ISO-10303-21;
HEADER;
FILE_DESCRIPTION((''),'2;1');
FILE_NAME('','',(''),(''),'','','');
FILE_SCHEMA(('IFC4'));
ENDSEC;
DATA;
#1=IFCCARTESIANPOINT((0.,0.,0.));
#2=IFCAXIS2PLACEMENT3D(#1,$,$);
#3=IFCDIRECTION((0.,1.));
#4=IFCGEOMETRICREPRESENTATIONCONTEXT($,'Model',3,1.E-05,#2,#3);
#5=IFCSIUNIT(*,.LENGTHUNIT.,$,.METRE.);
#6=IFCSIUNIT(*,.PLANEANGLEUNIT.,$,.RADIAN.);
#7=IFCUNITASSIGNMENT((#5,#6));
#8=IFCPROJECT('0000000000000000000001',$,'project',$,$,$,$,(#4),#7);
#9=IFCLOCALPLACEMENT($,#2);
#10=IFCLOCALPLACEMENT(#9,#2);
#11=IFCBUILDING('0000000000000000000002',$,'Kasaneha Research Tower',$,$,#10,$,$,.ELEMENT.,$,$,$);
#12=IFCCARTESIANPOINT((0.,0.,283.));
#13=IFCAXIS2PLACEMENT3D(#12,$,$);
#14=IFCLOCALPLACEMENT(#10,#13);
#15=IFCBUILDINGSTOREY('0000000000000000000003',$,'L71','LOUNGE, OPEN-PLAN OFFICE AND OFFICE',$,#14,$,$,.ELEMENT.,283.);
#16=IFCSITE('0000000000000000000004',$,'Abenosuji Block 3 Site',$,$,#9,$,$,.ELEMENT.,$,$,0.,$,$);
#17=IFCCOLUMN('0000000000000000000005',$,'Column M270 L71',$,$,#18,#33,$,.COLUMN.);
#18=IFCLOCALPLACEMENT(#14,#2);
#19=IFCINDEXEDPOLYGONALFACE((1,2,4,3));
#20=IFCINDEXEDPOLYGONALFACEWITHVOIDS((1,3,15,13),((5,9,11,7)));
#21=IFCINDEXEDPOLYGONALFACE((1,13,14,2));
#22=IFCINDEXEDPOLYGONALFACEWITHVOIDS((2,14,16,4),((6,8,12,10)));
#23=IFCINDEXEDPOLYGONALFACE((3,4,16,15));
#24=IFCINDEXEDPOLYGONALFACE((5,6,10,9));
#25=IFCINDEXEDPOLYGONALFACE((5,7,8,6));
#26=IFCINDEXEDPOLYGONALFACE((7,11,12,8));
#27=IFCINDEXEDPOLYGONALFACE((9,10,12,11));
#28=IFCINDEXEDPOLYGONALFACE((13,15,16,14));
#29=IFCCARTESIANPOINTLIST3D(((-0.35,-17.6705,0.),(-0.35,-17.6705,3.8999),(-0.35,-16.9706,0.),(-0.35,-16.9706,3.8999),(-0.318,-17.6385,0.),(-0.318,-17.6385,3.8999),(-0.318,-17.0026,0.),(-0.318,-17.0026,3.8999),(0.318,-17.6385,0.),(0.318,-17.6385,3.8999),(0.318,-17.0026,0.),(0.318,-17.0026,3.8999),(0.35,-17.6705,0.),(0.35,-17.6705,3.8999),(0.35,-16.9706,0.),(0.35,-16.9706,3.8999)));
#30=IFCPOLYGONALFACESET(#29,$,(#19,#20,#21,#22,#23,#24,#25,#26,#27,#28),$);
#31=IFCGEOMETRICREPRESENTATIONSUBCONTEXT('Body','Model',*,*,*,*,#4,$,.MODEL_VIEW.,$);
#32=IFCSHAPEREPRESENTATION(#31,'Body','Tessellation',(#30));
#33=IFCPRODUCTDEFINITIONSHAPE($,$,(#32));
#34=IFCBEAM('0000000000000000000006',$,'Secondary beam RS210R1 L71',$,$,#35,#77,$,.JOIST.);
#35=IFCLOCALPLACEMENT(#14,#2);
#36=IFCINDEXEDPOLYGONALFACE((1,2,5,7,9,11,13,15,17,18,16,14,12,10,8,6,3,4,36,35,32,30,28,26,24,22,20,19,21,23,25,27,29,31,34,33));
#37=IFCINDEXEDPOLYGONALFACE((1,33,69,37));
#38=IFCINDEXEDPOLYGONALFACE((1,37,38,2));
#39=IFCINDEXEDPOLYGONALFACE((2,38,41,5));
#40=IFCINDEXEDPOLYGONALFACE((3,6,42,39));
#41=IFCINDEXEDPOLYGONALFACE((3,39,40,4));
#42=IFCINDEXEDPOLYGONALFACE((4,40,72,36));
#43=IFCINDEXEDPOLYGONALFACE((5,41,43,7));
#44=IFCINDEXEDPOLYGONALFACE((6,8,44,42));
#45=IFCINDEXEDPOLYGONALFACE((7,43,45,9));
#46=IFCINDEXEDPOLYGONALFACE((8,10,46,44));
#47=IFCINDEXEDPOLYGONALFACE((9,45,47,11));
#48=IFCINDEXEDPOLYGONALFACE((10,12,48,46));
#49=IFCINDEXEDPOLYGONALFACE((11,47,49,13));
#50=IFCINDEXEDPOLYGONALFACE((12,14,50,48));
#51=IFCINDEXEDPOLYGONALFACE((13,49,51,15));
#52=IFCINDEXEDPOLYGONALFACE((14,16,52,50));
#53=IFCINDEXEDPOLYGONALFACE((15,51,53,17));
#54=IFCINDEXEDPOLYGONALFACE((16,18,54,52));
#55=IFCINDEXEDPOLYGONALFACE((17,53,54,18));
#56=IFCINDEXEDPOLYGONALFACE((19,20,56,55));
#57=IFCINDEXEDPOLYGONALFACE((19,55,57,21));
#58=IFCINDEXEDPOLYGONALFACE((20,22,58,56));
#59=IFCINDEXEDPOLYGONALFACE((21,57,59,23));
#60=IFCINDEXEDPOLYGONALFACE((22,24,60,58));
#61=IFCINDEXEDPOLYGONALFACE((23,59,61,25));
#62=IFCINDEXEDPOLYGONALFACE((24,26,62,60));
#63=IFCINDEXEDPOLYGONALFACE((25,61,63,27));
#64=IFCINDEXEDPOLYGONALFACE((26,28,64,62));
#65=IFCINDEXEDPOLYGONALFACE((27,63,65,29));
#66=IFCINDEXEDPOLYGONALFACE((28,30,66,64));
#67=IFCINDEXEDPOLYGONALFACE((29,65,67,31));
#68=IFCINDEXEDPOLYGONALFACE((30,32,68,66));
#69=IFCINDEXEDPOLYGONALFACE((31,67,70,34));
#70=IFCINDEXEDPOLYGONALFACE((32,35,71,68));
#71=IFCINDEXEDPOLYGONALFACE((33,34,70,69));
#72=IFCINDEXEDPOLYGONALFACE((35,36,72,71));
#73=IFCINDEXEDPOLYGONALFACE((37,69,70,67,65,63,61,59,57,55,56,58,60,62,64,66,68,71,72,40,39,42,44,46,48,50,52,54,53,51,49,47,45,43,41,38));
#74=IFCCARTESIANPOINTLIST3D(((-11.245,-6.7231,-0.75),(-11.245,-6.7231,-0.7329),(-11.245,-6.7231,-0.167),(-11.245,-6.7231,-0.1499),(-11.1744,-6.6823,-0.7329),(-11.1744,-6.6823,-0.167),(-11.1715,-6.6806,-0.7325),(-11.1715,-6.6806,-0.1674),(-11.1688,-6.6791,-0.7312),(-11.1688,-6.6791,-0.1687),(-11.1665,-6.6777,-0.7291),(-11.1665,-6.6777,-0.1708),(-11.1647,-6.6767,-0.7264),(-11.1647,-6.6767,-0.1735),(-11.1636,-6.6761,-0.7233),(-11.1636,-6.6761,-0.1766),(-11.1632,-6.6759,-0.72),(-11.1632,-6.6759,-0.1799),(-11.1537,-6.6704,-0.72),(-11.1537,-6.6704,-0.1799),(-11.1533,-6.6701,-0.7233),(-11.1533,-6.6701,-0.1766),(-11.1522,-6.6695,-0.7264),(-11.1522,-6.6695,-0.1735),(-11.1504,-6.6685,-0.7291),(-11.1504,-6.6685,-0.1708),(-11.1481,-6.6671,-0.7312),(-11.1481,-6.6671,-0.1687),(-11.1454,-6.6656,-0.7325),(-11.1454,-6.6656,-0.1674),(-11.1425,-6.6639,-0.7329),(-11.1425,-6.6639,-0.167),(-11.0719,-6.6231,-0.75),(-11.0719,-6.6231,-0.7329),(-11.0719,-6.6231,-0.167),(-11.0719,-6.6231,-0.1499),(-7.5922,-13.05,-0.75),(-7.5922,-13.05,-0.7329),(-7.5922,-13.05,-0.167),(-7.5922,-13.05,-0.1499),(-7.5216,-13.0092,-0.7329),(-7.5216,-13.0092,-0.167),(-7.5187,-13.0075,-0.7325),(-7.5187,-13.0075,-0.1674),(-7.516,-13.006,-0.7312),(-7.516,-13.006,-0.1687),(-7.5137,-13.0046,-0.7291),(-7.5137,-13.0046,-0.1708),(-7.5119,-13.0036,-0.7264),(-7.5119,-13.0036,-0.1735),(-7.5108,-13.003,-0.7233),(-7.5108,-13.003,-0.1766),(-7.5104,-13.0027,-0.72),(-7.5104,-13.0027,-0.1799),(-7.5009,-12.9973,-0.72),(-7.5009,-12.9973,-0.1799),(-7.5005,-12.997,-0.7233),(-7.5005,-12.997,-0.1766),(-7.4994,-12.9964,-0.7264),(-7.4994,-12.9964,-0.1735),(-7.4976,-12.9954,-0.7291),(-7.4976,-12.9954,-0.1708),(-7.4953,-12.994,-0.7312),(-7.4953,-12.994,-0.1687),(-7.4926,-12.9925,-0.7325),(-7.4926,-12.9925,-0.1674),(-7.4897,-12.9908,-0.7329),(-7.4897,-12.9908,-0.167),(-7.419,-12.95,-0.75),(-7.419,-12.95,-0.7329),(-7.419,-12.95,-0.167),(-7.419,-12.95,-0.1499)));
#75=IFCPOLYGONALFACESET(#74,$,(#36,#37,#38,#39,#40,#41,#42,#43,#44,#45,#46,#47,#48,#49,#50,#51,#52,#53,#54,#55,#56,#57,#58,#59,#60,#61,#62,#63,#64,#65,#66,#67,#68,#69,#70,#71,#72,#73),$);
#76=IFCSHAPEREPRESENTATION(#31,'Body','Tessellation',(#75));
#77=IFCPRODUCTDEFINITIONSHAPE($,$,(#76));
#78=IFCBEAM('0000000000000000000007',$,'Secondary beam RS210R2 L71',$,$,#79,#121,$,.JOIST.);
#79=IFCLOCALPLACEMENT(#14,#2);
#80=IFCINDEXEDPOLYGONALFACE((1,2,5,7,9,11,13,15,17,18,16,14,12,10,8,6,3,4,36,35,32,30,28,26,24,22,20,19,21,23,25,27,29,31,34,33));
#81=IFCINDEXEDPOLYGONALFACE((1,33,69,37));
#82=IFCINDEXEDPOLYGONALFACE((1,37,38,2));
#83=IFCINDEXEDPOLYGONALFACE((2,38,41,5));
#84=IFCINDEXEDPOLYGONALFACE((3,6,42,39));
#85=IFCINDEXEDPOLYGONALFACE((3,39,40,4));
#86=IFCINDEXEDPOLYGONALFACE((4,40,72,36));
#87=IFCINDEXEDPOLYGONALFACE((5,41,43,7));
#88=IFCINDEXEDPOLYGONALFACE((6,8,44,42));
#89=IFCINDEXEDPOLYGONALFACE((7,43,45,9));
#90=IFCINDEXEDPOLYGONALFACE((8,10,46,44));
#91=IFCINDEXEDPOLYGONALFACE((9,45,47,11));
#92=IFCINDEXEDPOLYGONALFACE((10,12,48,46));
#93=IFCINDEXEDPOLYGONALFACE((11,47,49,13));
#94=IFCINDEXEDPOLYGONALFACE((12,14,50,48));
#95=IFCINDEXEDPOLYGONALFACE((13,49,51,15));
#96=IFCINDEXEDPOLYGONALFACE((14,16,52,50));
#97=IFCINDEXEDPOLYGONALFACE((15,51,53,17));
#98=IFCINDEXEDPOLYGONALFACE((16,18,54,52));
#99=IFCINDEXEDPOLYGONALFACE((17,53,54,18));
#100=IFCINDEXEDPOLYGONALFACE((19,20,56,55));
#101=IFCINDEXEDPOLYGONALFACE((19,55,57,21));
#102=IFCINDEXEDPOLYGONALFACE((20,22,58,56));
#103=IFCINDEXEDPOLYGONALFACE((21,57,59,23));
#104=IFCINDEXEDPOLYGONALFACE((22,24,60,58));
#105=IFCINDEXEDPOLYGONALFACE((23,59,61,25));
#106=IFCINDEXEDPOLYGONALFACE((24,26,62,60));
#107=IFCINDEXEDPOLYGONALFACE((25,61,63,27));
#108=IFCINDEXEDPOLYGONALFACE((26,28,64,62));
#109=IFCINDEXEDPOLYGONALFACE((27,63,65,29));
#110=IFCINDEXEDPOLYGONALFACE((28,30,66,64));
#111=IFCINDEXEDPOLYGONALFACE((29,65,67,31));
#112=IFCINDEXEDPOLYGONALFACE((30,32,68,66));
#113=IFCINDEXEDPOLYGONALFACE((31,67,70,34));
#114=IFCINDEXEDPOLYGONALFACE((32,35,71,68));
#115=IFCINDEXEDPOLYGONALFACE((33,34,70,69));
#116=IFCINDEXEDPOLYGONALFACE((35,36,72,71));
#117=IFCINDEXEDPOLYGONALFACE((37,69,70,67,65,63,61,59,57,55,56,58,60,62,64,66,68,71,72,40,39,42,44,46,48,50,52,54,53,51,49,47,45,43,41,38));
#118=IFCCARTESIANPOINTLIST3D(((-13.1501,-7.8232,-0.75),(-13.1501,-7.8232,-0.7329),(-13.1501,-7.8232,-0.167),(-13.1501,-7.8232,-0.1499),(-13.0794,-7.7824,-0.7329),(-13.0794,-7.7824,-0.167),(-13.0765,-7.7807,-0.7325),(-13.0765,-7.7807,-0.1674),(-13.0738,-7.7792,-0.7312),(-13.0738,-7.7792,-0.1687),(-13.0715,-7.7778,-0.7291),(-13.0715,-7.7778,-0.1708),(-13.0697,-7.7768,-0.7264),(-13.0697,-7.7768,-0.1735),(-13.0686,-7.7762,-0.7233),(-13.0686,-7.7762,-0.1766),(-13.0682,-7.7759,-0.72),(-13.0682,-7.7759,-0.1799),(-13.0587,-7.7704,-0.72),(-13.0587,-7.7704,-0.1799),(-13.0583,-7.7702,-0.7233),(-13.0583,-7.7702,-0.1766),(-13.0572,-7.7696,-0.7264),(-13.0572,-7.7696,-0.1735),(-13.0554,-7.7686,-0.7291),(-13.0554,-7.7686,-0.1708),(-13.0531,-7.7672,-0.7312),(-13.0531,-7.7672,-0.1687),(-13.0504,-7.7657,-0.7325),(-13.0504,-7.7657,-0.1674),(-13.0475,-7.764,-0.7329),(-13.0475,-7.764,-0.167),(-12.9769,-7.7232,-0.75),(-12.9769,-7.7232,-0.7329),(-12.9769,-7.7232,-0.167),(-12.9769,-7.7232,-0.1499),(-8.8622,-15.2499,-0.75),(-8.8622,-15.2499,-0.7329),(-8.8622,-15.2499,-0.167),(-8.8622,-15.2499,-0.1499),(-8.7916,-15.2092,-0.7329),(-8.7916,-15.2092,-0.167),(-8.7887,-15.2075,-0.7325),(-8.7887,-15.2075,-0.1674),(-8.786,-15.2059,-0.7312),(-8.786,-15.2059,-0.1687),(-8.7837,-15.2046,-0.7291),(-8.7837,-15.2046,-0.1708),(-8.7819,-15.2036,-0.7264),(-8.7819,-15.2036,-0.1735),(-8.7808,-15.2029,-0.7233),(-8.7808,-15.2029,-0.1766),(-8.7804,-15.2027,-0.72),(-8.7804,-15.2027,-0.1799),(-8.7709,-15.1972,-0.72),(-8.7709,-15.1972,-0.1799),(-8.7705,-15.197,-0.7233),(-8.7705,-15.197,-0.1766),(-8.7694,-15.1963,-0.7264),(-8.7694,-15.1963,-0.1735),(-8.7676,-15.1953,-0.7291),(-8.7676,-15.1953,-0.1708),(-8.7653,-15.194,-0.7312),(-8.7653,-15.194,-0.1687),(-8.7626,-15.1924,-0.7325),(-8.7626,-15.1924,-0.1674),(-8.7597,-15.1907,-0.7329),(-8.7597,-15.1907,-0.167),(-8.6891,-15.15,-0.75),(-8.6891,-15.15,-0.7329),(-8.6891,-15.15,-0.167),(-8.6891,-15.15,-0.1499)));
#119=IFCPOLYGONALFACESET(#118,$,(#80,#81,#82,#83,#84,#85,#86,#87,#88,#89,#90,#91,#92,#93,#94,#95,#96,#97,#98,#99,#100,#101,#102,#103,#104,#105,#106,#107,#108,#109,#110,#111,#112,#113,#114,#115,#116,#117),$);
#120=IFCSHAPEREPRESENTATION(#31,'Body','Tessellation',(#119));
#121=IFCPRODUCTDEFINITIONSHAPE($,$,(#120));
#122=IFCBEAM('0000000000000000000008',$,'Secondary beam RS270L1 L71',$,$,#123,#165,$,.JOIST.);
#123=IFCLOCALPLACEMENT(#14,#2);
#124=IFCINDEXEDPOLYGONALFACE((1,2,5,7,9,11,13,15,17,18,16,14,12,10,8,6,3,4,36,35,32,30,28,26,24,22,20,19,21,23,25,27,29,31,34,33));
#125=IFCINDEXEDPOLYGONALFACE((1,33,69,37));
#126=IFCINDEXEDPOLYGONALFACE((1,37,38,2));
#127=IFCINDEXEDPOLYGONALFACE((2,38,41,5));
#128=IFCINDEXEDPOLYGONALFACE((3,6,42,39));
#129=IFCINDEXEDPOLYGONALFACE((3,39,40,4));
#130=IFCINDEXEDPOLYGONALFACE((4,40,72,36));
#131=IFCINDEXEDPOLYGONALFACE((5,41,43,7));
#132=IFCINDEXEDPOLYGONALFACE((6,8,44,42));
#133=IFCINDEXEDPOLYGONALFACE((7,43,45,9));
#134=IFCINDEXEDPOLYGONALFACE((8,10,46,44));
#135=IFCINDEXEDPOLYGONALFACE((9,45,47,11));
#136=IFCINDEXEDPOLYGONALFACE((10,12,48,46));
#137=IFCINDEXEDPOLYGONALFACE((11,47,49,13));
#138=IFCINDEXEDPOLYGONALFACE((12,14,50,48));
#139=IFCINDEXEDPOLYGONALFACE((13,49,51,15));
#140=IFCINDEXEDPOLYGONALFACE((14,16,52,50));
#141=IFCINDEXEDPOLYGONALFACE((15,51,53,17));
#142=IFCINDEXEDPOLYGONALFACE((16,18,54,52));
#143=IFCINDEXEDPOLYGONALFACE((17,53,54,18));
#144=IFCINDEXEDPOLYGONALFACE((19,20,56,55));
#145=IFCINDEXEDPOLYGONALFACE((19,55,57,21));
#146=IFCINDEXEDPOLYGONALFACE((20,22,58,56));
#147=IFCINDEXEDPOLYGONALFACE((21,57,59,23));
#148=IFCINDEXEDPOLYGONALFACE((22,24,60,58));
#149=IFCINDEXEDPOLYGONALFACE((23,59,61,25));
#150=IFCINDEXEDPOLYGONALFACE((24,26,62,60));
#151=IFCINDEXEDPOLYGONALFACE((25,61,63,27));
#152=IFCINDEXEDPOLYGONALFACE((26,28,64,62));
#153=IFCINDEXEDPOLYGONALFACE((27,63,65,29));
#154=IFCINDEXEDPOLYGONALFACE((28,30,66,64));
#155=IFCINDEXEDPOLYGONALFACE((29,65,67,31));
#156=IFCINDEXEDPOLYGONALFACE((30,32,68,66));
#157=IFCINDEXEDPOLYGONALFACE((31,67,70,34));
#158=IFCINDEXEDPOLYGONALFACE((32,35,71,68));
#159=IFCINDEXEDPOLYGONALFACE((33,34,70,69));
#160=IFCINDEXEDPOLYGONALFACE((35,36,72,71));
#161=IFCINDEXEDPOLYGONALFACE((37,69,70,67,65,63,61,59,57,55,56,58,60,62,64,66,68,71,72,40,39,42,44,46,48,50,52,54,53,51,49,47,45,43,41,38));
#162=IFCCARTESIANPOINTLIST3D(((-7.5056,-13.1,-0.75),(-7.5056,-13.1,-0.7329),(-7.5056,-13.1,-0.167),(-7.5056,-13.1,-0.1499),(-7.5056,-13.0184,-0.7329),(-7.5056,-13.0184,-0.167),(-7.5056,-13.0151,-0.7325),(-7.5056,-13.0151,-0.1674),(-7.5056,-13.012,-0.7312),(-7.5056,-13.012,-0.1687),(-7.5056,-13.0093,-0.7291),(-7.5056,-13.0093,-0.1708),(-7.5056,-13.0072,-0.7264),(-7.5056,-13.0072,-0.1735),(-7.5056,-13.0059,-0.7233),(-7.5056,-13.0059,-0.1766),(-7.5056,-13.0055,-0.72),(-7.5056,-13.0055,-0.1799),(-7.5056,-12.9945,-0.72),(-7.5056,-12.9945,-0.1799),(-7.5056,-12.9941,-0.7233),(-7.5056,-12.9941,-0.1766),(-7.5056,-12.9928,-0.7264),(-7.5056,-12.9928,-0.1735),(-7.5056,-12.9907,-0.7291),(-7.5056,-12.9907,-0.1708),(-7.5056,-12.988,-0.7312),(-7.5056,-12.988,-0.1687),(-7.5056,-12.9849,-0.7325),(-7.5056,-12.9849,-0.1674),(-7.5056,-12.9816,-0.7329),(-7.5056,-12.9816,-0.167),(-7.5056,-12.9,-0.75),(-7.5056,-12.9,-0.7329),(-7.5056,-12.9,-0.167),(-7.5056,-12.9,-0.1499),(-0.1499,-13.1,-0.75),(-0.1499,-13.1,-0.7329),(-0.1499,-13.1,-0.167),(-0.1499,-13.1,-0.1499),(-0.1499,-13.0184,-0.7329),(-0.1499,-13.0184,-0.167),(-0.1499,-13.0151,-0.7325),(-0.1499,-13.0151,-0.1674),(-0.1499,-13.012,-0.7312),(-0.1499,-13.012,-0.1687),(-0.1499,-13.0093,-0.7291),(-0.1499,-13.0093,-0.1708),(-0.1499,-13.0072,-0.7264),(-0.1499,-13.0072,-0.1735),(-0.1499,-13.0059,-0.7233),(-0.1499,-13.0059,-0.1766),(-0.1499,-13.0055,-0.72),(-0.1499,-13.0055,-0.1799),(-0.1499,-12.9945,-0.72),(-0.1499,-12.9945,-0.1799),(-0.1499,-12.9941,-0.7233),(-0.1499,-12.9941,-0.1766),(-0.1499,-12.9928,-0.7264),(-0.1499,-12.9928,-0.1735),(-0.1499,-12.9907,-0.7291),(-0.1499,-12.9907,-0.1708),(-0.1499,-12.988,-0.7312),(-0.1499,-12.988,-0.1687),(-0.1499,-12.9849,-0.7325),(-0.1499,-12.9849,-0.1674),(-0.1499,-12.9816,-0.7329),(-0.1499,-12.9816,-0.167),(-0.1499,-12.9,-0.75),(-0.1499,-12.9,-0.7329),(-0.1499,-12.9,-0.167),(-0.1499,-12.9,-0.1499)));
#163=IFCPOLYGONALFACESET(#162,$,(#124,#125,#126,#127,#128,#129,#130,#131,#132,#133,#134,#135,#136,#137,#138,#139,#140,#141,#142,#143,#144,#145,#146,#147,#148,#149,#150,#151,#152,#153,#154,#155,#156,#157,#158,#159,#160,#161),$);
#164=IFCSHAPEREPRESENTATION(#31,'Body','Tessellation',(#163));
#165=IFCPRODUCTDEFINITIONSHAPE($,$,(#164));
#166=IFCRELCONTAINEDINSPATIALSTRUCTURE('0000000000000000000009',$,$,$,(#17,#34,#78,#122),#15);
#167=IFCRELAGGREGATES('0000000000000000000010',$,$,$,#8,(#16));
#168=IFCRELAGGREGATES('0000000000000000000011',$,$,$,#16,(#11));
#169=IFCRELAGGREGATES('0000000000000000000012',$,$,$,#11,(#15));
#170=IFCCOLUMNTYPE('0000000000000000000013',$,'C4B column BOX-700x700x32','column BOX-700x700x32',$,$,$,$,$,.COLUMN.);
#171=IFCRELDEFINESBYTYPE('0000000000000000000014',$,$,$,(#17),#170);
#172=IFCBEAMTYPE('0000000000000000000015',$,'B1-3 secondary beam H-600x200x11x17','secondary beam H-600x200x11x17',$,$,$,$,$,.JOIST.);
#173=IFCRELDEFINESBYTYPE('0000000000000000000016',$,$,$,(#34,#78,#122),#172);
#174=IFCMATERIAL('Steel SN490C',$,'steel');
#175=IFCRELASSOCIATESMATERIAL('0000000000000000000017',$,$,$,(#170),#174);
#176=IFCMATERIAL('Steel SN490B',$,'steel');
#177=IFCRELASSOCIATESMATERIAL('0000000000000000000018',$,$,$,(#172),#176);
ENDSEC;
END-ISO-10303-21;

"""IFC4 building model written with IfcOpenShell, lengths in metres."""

from ifc_helpers import new_model, si_unit, direction, frame, origin, origin_2d, place, context, subcontext, project, spatial, hollow_rectangle, i_section, extrude, material, material_profile, profile_set, type_object, element, save


model = new_model("IFC4")

# Units and contexts
model_context = context("Model", 3, precision=1e-05, world=origin(), true_north=direction((0.0, 1.0)))
body_context = subcontext(model_context, "Body", "Model", "MODEL_VIEW")
ifc_project = project(units=[si_unit("LENGTHUNIT", "METRE"), si_unit("PLANEANGLEUNIT", "RADIAN")], contexts=[model_context])

# Site, building, storey
site_placement = place(None, origin())
site = spatial("IfcSite", under=ifc_project, at=site_placement, Name="Abenosuji Block 3 Site", CompositionType="ELEMENT", RefElevation=0.0)
building_placement = place(site_placement, origin())
building = spatial("IfcBuilding", under=site, at=building_placement, Name="Kasaneha Research Tower", CompositionType="ELEMENT")
storey_placement = place(building_placement, frame((0.0, 0.0, 283.0)))
storey = spatial("IfcBuildingStorey", under=building, at=storey_placement, Name="L71", Description="LOUNGE, OPEN-PLAN OFFICE AND OFFICE", CompositionType="ELEMENT", Elevation=283.0)

# Column
ifc_material_1 = material(Name="Steel SN490C", Category="steel")
ifc_material_profile_1 = material_profile(ifc_material_1, hollow_rectangle(XDim=0.7, YDim=0.7, WallThickness=0.032, at=origin_2d()), Name="BOX-700x700x32")
ifc_profile_set_1 = profile_set([ifc_material_profile_1], Name="Steel SN490C")
column_type = type_object("IfcColumnType", Name="C4B column BOX-700x700x32", Description="column BOX-700x700x32", PredefinedType="COLUMN", material=ifc_profile_set_1)
column_placement = place(storey_placement, frame((0.0, -17.3206, 0.0), z_axis=(0.0, 0.0, 1.0), x_axis=(1.0, 0.0, 0.0)))
element("IfcColumn", 1, at=column_placement, inside=storey, type_object=column_type, Name="Column M270 L71", PredefinedType="COLUMN", context=body_context, shape_type="SweptSolid", body=[
    extrude(hollow_rectangle(XDim=0.7, YDim=0.7, WallThickness=0.032, at=origin_2d()), origin(), (0.0, 0.0, 1.0), 3.8999),
])

# Beams
ifc_material_2 = material(Name="Steel SN490B", Category="steel")
ifc_material_profile_2 = material_profile(ifc_material_2, i_section(OverallWidth=0.2, OverallDepth=0.6001, WebThickness=0.011, FlangeThickness=0.0171, FilletRadius=0.0129, at=origin_2d()), Name="H-600x200x11x17")
ifc_profile_set_2 = profile_set([ifc_material_profile_2], Name="Steel SN490B")
beam_type_1 = type_object("IfcBeamType", Name="B1-3 secondary beam H-600x200x11x17", Description="secondary beam H-600x200x11x17", PredefinedType="JOIST", material=ifc_profile_set_2)
beam_1_placement = place(storey_placement, frame((-7.5056, -13.0, -0.45), z_axis=(-0.499999, 0.866026, 0.0), x_axis=(-0.866026, -0.499999, 0.0)))
element("IfcBeam", 2, at=beam_1_placement, inside=storey, type_object=beam_type_1, Name="Secondary beam RS210R1 L71", PredefinedType="JOIST", context=body_context, shape_type="SweptSolid", body=[
    extrude(i_section(OverallWidth=0.2, OverallDepth=0.6001, WebThickness=0.011, FlangeThickness=0.0171, FilletRadius=0.0129, at=origin_2d()), origin(), (0.0, 0.0, 1.0), 7.3057),
])
beam_2_placement = place(storey_placement, frame((-8.7756, -15.2, -0.45), z_axis=(-0.5, 0.866025, 0.0), x_axis=(-0.866025, -0.5, 0.0)))
element("IfcBeam", 3, at=beam_2_placement, inside=storey, type_object=beam_type_1, Name="Secondary beam RS210R2 L71", PredefinedType="JOIST", context=body_context, shape_type="SweptSolid", body=[
    extrude(i_section(OverallWidth=0.2, OverallDepth=0.6001, WebThickness=0.011, FlangeThickness=0.0171, FilletRadius=0.0129, at=origin_2d()), origin(), (0.0, 0.0, 1.0), 8.5757),
])
beam_3_placement = place(storey_placement, frame((-7.5056, -13.0, -0.45), z_axis=(1.0, 0.0, 0.0), x_axis=(0.0, 1.0, 0.0)))
element("IfcBeam", 4, at=beam_3_placement, inside=storey, type_object=beam_type_1, Name="Secondary beam RS270L1 L71", PredefinedType="JOIST", context=body_context, shape_type="SweptSolid", body=[
    extrude(i_section(OverallWidth=0.2, OverallDepth=0.6001, WebThickness=0.011, FlangeThickness=0.0171, FilletRadius=0.0129, at=origin_2d()), origin(), (0.0, 0.0, 1.0), 7.3557),
])

save(model, "model.ifc")
